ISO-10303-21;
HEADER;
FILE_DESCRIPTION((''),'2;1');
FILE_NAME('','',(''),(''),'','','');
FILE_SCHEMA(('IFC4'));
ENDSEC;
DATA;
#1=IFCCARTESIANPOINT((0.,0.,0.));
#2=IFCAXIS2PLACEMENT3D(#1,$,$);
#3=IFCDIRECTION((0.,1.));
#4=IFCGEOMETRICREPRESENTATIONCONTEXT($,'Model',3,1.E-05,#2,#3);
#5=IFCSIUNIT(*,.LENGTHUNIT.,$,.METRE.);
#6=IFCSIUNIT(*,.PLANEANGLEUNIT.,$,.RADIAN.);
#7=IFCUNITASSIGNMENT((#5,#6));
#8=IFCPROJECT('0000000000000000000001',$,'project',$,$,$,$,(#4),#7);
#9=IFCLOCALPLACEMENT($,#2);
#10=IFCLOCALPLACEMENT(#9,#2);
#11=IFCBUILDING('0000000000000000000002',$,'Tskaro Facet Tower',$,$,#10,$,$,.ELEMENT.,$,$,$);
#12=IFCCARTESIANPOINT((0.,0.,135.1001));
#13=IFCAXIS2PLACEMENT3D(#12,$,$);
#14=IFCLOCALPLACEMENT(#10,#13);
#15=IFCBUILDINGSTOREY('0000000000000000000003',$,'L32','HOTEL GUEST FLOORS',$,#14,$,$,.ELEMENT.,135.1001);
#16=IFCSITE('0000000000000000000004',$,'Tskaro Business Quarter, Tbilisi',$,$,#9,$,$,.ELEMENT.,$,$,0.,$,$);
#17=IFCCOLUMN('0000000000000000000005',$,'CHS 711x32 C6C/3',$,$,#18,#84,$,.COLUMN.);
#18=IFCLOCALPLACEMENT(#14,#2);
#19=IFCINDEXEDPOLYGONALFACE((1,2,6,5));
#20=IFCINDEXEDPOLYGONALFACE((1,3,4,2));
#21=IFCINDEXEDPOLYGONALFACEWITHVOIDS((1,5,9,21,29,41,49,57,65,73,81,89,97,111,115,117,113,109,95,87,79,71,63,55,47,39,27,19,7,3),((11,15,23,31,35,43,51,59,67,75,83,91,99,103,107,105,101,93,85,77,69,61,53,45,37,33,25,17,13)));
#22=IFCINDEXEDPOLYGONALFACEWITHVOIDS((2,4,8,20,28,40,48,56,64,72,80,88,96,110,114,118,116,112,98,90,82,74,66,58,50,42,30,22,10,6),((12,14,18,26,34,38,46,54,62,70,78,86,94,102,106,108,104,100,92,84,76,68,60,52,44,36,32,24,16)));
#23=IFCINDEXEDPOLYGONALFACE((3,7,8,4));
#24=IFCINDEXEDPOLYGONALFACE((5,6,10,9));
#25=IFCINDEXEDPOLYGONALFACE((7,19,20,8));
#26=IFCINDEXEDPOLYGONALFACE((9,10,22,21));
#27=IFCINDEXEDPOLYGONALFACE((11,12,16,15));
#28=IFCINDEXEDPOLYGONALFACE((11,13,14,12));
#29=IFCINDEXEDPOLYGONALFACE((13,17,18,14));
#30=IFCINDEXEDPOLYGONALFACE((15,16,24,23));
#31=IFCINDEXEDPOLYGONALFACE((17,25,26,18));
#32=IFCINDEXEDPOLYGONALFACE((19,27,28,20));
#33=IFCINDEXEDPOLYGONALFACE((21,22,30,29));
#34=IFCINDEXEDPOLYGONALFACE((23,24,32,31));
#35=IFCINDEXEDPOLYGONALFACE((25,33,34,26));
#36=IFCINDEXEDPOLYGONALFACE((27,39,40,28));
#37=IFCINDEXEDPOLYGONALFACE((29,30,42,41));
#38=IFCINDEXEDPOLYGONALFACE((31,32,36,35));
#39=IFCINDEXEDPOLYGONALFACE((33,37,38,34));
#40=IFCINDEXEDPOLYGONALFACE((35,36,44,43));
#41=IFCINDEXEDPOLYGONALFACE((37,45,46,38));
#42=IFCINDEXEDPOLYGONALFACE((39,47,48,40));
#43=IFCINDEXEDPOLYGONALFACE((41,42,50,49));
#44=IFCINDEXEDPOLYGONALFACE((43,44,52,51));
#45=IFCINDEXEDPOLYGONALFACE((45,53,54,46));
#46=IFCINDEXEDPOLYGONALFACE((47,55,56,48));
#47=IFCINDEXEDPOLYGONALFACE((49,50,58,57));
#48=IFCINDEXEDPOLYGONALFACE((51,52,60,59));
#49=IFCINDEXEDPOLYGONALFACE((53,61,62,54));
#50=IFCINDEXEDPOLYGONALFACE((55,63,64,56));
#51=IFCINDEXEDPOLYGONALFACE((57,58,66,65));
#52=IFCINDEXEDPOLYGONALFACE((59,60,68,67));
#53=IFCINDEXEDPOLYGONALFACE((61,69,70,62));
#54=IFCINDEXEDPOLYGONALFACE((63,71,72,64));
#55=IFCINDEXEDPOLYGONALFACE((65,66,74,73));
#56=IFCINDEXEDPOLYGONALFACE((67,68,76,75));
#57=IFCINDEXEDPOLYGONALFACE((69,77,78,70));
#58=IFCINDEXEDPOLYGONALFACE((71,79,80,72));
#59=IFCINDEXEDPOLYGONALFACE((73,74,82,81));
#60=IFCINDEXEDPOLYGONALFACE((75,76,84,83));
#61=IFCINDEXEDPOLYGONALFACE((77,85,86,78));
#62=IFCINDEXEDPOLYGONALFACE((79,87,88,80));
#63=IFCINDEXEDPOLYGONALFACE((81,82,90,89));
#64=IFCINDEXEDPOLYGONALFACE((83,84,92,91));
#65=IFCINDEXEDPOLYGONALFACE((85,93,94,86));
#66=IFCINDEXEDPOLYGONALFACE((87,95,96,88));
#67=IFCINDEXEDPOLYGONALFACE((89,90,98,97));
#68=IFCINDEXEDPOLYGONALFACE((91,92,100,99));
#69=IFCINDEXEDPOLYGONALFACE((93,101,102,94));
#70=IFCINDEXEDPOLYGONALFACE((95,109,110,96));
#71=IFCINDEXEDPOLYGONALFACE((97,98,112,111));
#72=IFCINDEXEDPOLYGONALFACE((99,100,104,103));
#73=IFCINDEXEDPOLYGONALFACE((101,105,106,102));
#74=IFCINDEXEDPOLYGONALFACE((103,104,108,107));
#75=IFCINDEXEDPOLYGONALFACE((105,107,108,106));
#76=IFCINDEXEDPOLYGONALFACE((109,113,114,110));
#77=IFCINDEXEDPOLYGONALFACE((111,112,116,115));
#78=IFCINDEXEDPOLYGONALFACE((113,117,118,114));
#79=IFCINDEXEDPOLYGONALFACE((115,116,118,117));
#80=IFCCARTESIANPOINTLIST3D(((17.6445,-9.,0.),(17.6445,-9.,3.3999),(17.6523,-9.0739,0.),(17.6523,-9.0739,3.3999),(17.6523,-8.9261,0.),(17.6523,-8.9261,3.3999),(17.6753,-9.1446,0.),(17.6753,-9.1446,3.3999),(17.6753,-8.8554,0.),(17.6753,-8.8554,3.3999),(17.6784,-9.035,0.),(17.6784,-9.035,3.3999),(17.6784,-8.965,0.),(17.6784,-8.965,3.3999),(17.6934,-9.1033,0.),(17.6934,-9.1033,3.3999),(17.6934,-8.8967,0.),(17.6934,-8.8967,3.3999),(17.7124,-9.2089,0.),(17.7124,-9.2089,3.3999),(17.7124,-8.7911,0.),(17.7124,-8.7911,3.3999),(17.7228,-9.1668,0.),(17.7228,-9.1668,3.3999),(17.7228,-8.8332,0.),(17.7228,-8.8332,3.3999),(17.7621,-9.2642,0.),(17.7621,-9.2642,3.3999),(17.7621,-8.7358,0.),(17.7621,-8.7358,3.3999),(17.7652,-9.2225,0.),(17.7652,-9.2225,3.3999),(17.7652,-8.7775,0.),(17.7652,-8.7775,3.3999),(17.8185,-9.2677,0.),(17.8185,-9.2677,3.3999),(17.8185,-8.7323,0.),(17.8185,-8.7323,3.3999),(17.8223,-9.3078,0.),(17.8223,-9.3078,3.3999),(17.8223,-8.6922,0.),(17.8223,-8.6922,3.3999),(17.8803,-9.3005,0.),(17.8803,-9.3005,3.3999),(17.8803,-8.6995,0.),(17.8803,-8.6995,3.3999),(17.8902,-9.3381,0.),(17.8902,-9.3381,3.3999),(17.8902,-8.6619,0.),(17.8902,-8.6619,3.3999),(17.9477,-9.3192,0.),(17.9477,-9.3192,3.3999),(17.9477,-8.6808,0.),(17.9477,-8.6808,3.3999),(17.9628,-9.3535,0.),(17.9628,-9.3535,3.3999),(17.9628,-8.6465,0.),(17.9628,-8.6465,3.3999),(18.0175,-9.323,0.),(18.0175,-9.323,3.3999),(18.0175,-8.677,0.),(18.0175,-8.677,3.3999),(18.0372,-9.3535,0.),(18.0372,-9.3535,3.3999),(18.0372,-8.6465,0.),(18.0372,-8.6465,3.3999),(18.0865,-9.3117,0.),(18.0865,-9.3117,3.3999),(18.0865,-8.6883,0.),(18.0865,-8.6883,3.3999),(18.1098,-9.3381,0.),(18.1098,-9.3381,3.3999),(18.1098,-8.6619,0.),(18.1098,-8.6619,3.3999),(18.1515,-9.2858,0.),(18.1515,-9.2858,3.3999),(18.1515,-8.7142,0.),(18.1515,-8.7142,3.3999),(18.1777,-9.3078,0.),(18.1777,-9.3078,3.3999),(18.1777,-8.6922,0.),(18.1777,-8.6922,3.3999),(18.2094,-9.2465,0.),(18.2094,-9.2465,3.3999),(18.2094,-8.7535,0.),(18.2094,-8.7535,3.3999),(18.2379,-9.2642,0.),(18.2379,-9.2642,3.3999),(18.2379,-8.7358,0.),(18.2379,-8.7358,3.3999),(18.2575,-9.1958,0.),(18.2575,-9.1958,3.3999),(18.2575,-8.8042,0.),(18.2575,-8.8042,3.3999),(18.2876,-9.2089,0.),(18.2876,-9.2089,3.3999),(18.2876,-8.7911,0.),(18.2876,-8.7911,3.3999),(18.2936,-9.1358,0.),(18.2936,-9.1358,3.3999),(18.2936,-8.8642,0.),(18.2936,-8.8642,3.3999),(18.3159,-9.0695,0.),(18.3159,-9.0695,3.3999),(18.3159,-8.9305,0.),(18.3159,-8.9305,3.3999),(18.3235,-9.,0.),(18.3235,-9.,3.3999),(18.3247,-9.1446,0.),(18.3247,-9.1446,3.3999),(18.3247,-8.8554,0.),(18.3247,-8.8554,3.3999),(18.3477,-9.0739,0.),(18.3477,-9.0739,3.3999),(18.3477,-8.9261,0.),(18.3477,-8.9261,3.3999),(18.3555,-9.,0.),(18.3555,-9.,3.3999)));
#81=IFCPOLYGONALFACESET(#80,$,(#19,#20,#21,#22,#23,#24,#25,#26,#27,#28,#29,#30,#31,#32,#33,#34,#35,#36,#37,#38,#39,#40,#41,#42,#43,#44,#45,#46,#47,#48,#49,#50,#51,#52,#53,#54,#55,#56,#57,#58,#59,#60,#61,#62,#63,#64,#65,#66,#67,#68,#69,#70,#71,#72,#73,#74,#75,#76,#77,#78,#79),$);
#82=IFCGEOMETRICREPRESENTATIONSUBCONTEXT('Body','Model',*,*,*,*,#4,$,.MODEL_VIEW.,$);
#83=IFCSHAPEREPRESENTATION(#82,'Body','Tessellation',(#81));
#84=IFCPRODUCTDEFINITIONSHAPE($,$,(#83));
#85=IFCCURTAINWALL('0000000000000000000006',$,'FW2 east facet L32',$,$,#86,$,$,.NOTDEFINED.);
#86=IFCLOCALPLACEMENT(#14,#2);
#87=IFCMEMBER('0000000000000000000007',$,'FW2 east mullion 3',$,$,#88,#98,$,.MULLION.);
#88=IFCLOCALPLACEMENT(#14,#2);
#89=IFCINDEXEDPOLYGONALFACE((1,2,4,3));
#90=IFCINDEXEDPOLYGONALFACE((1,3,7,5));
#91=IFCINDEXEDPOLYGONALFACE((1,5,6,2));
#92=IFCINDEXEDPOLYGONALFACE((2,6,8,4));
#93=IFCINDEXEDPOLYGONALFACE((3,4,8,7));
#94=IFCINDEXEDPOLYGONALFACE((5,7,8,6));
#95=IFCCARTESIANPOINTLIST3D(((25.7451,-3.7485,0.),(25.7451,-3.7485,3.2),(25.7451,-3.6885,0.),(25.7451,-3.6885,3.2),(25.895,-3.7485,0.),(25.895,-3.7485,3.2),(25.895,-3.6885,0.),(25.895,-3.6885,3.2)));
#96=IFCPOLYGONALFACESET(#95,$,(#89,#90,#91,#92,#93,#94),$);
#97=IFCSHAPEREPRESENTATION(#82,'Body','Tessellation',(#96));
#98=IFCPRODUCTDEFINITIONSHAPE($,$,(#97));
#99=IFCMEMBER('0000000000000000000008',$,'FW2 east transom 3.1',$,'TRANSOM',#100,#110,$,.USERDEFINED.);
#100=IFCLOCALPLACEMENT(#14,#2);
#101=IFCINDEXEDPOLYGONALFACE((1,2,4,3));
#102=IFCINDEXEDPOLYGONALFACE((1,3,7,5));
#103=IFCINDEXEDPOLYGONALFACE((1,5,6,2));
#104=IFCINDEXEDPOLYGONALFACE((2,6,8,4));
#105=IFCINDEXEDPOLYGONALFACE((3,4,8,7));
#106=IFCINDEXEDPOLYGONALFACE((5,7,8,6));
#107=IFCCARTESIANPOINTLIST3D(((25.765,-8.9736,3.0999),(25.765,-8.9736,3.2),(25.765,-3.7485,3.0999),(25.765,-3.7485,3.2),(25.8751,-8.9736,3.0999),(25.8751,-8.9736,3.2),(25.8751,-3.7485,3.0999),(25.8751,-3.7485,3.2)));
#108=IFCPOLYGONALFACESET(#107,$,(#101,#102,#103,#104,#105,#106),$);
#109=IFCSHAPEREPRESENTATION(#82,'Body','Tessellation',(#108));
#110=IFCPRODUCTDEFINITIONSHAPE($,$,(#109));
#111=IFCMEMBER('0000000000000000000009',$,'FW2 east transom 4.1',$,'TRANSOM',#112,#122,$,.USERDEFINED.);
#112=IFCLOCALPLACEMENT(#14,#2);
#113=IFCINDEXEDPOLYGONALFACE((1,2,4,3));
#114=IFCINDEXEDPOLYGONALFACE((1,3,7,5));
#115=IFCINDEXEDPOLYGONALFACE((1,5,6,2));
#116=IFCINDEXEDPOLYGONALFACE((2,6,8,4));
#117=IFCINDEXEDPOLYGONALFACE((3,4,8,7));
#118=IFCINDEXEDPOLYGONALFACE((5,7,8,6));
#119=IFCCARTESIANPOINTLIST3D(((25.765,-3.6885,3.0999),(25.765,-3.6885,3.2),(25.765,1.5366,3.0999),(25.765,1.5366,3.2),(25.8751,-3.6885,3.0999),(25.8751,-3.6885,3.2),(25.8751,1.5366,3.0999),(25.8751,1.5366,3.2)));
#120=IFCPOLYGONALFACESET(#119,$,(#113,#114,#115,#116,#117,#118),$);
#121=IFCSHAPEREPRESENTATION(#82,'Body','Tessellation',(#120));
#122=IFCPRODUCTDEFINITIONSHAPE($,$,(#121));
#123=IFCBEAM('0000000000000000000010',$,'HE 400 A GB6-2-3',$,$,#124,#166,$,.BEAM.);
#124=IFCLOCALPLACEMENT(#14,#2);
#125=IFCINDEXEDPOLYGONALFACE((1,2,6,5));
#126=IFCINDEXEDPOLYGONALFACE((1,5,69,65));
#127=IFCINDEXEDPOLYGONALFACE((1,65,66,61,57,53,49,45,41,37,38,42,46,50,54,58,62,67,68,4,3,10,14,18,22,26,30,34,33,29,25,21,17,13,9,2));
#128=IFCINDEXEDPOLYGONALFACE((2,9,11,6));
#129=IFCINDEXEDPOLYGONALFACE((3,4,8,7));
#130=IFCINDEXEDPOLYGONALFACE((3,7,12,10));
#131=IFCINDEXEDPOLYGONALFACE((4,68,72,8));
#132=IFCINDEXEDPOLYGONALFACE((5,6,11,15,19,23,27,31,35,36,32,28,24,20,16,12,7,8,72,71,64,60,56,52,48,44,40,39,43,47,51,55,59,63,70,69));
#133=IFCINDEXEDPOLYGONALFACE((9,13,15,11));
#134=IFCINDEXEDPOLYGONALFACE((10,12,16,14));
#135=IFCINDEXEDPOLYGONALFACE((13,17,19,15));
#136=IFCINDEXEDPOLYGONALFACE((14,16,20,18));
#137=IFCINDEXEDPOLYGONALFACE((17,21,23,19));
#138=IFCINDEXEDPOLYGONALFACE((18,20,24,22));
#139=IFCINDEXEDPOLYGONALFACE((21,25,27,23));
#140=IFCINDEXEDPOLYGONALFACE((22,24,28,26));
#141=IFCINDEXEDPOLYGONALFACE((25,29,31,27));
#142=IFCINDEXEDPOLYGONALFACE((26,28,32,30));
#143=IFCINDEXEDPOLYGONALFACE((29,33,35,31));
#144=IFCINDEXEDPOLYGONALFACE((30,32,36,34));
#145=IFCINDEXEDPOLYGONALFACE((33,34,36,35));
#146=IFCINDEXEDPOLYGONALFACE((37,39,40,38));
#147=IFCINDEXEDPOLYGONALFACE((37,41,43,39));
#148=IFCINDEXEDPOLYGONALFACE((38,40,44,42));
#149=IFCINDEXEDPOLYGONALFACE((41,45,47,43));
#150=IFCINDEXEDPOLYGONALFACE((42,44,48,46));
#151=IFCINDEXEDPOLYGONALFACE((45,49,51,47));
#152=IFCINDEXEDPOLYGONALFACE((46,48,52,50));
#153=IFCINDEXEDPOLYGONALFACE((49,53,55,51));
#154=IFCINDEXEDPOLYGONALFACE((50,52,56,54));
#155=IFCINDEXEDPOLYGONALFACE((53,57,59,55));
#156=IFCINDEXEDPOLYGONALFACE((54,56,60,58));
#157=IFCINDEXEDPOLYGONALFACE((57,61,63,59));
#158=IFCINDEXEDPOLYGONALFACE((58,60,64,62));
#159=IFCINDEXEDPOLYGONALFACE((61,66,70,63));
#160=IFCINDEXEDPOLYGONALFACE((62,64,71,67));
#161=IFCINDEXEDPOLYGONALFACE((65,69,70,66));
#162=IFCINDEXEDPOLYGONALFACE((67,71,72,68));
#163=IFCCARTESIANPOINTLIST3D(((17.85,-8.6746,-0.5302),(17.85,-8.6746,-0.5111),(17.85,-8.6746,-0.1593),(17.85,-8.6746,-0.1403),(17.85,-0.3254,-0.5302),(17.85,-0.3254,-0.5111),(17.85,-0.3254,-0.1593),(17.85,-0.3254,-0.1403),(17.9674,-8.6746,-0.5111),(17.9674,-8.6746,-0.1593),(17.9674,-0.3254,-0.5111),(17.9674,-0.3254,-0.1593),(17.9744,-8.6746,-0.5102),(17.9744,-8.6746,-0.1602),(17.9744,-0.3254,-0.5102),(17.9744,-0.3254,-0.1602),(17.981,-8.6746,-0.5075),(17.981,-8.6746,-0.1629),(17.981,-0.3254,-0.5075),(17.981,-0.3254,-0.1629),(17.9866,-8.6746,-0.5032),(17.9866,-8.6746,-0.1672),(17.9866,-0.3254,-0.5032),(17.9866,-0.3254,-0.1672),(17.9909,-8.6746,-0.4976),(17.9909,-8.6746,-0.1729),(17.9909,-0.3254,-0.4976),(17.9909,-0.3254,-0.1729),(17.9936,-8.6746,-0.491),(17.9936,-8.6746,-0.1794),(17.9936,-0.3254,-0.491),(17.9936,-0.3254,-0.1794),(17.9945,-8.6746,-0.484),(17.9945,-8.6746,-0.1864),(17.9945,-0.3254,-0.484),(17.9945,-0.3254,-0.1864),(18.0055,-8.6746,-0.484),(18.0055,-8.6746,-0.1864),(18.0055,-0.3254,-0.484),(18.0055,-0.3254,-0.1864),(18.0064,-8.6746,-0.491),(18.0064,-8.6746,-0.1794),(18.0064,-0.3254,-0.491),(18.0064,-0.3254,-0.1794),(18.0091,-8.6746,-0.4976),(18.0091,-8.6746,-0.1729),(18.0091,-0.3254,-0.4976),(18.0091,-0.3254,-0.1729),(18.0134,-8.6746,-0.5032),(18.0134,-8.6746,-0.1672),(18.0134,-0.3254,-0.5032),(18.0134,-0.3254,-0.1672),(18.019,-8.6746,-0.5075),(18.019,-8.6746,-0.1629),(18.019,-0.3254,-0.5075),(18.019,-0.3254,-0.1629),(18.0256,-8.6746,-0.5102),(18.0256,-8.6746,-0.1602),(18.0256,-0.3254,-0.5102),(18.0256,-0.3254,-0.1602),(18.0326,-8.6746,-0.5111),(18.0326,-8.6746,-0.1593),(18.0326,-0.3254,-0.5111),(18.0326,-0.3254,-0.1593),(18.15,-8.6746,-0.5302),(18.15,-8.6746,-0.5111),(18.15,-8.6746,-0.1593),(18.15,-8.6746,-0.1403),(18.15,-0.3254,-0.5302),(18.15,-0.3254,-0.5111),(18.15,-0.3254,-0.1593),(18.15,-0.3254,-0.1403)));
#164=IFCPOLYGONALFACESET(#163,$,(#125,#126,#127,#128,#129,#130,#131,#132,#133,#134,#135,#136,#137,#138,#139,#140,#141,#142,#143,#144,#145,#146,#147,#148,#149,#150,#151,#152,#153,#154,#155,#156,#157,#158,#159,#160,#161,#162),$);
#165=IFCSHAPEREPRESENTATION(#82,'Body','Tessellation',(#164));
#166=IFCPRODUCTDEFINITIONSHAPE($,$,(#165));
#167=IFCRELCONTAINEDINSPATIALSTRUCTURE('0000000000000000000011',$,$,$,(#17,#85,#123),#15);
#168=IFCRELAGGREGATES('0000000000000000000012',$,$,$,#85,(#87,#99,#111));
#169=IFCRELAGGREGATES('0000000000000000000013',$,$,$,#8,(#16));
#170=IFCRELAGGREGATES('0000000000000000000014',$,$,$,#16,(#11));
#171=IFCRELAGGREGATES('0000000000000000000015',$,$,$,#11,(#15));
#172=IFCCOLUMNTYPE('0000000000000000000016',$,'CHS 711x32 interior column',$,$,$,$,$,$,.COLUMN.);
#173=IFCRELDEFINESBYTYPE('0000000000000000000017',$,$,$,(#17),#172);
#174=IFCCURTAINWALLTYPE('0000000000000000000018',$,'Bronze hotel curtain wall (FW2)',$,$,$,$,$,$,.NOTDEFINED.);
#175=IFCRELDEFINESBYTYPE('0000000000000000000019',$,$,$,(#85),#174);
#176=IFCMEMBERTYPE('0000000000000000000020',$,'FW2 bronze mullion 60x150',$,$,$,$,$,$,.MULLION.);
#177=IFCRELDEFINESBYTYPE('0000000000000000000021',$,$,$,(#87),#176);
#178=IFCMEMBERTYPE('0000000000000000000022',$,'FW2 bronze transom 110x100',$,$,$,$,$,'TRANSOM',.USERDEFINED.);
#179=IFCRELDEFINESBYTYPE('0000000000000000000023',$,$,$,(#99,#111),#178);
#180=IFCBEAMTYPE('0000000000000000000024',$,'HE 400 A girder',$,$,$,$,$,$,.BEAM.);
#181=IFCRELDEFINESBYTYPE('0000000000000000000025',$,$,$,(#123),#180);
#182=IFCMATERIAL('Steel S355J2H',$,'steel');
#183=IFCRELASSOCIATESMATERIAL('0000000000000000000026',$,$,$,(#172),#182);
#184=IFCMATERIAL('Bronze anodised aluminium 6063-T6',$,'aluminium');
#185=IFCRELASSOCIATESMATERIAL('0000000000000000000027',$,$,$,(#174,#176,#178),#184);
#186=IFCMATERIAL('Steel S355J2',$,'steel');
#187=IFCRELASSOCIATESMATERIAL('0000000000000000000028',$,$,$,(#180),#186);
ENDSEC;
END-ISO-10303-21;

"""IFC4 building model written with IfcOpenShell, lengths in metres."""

from ifc_helpers import new_model, si_unit, direction, frame, origin, origin_2d, place, context, subcontext, project, spatial, rectangle, hollow_circle, i_section, extrude, material, material_profile, profile_set, type_object, element, aggregate, save


model = new_model("IFC4")

# Units and contexts
model_context = context("Model", 3, precision=1e-05, world=origin(), true_north=direction((0.0, 1.0)))
body_context = subcontext(model_context, "Body", "Model", "MODEL_VIEW")
ifc_project = project(units=[si_unit("LENGTHUNIT", "METRE"), si_unit("PLANEANGLEUNIT", "RADIAN")], contexts=[model_context])

# Site, building, storey
site_placement = place(None, origin())
site = spatial("IfcSite", under=ifc_project, at=site_placement, Name="Tskaro Business Quarter, Tbilisi", CompositionType="ELEMENT", RefElevation=0.0)
building_placement = place(site_placement, origin())
building = spatial("IfcBuilding", under=site, at=building_placement, Name="Tskaro Facet Tower", CompositionType="ELEMENT")
storey_placement = place(building_placement, frame((0.0, 0.0, 135.1001)))
storey = spatial("IfcBuildingStorey", under=building, at=storey_placement, Name="L32", Description="HOTEL GUEST FLOORS", CompositionType="ELEMENT", Elevation=135.1001)

# Column
ifc_material_1 = material(Name="Steel S355J2H", Category="steel")
ifc_material_profile_1 = material_profile(ifc_material_1, hollow_circle(Radius=0.3555, WallThickness=0.032, at=origin_2d()), Name="CHS 711x32")
ifc_profile_set_1 = profile_set([ifc_material_profile_1], Name="Steel S355J2H")
column_type = type_object("IfcColumnType", Name="CHS 711x32 interior column", PredefinedType="COLUMN", material=ifc_profile_set_1)
column_placement = place(storey_placement, frame((18.0, -9.0, 0.0), z_axis=(0.0, 0.0, 1.0), x_axis=(1.0, 0.0, 0.0)))
element("IfcColumn", 1, at=column_placement, inside=storey, type_object=column_type, Name="CHS 711x32 C6C/3", PredefinedType="COLUMN", context=body_context, shape_type="SweptSolid", body=[
    extrude(hollow_circle(Radius=0.3555, WallThickness=0.032, at=origin_2d()), origin(), (0.0, 0.0, 1.0), 3.3999),
])

# Curtain wall, members
ifc_material_2 = material(Name="Bronze anodised aluminium 6063-T6", Category="aluminium")
curtain_wall_type = type_object("IfcCurtainWallType", Name="Bronze hotel curtain wall (FW2)", PredefinedType="NOTDEFINED", material=ifc_material_2)
curtain_wall_placement = place(storey_placement, origin())
curtain_wall = element("IfcCurtainWall", 2, at=curtain_wall_placement, inside=storey, type_object=curtain_wall_type, Name="FW2 east facet L32", PredefinedType="NOTDEFINED")
ifc_material_profile_2 = material_profile(ifc_material_2, rectangle(XDim=0.0601, YDim=0.1499, at=origin_2d()), Name="Mullion 60x150")
ifc_profile_set_2 = profile_set([ifc_material_profile_2], Name="Bronze anodised aluminium 6063-T6")
member_type_1 = type_object("IfcMemberType", Name="FW2 bronze mullion 60x150", PredefinedType="MULLION", material=ifc_profile_set_2)
member_1_placement = place(storey_placement, frame((25.8201, -3.7185, 0.0), z_axis=(0.0, 0.0, 1.0), x_axis=(0.0, 1.0, 0.0)))
member_1 = element("IfcMember", 3, at=member_1_placement, type_object=member_type_1, Name="FW2 east mullion 3", PredefinedType="MULLION", context=body_context, shape_type="SweptSolid", body=[
    extrude(rectangle(XDim=0.0601, YDim=0.1499, at=origin_2d()), origin(), (0.0, 0.0, 1.0), 3.2),
])
ifc_material_profile_3 = material_profile(ifc_material_2, rectangle(XDim=0.1101, YDim=0.1001, at=origin_2d()), Name="Transom 110x100")
ifc_profile_set_3 = profile_set([ifc_material_profile_3], Name="Bronze anodised aluminium 6063-T6")
member_type_2 = type_object("IfcMemberType", Name="FW2 bronze transom 110x100", ElementType="TRANSOM", PredefinedType="USERDEFINED", material=ifc_profile_set_3)
member_2_placement = place(storey_placement, frame((25.8201, -8.9736, 3.1499), z_axis=(0.0, 1.0, 0.0), x_axis=(-1.0, 0.0, 0.0)))
member_2 = element("IfcMember", 4, at=member_2_placement, type_object=member_type_2, Name="FW2 east transom 3.1", ObjectType="TRANSOM", PredefinedType="USERDEFINED", context=body_context, shape_type="SweptSolid", body=[
    extrude(rectangle(XDim=0.1101, YDim=0.1001, at=origin_2d()), origin(), (0.0, 0.0, 1.0), 5.2251),
])
member_3_placement = place(storey_placement, frame((25.8201, -3.6885, 3.1499), z_axis=(0.0, 1.0, 0.0), x_axis=(-1.0, 0.0, 0.0)))
member_3 = element("IfcMember", 5, at=member_3_placement, type_object=member_type_2, Name="FW2 east transom 4.1", ObjectType="TRANSOM", PredefinedType="USERDEFINED", context=body_context, shape_type="SweptSolid", body=[
    extrude(rectangle(XDim=0.1101, YDim=0.1001, at=origin_2d()), origin(), (0.0, 0.0, 1.0), 5.2251),
])

# Beam
ifc_material_3 = material(Name="Steel S355J2", Category="steel")
ifc_material_profile_4 = material_profile(ifc_material_3, i_section(OverallWidth=0.3, OverallDepth=0.3899, WebThickness=0.011, FlangeThickness=0.019, FilletRadius=0.0271, at=origin_2d()), Name="HE 400 A")
ifc_profile_set_4 = profile_set([ifc_material_profile_4], Name="Steel S355J2")
beam_type_1 = type_object("IfcBeamType", Name="HE 400 A girder", PredefinedType="BEAM", material=ifc_profile_set_4)
beam_1_placement = place(storey_placement, frame((18.0, -8.6746, -0.3352), z_axis=(0.0, 1.0, 0.0), x_axis=(-1.0, 0.0, 0.0)))
element("IfcBeam", 6, at=beam_1_placement, inside=storey, type_object=beam_type_1, Name="HE 400 A GB6-2-3", PredefinedType="BEAM", context=body_context, shape_type="SweptSolid", body=[
    extrude(i_section(OverallWidth=0.3, OverallDepth=0.3899, WebThickness=0.011, FlangeThickness=0.019, FilletRadius=0.0271, at=origin_2d()), origin(), (0.0, 0.0, 1.0), 8.3491),
])

aggregate(curtain_wall, [member_1, member_2, member_3])

save(model, "model.ifc")
